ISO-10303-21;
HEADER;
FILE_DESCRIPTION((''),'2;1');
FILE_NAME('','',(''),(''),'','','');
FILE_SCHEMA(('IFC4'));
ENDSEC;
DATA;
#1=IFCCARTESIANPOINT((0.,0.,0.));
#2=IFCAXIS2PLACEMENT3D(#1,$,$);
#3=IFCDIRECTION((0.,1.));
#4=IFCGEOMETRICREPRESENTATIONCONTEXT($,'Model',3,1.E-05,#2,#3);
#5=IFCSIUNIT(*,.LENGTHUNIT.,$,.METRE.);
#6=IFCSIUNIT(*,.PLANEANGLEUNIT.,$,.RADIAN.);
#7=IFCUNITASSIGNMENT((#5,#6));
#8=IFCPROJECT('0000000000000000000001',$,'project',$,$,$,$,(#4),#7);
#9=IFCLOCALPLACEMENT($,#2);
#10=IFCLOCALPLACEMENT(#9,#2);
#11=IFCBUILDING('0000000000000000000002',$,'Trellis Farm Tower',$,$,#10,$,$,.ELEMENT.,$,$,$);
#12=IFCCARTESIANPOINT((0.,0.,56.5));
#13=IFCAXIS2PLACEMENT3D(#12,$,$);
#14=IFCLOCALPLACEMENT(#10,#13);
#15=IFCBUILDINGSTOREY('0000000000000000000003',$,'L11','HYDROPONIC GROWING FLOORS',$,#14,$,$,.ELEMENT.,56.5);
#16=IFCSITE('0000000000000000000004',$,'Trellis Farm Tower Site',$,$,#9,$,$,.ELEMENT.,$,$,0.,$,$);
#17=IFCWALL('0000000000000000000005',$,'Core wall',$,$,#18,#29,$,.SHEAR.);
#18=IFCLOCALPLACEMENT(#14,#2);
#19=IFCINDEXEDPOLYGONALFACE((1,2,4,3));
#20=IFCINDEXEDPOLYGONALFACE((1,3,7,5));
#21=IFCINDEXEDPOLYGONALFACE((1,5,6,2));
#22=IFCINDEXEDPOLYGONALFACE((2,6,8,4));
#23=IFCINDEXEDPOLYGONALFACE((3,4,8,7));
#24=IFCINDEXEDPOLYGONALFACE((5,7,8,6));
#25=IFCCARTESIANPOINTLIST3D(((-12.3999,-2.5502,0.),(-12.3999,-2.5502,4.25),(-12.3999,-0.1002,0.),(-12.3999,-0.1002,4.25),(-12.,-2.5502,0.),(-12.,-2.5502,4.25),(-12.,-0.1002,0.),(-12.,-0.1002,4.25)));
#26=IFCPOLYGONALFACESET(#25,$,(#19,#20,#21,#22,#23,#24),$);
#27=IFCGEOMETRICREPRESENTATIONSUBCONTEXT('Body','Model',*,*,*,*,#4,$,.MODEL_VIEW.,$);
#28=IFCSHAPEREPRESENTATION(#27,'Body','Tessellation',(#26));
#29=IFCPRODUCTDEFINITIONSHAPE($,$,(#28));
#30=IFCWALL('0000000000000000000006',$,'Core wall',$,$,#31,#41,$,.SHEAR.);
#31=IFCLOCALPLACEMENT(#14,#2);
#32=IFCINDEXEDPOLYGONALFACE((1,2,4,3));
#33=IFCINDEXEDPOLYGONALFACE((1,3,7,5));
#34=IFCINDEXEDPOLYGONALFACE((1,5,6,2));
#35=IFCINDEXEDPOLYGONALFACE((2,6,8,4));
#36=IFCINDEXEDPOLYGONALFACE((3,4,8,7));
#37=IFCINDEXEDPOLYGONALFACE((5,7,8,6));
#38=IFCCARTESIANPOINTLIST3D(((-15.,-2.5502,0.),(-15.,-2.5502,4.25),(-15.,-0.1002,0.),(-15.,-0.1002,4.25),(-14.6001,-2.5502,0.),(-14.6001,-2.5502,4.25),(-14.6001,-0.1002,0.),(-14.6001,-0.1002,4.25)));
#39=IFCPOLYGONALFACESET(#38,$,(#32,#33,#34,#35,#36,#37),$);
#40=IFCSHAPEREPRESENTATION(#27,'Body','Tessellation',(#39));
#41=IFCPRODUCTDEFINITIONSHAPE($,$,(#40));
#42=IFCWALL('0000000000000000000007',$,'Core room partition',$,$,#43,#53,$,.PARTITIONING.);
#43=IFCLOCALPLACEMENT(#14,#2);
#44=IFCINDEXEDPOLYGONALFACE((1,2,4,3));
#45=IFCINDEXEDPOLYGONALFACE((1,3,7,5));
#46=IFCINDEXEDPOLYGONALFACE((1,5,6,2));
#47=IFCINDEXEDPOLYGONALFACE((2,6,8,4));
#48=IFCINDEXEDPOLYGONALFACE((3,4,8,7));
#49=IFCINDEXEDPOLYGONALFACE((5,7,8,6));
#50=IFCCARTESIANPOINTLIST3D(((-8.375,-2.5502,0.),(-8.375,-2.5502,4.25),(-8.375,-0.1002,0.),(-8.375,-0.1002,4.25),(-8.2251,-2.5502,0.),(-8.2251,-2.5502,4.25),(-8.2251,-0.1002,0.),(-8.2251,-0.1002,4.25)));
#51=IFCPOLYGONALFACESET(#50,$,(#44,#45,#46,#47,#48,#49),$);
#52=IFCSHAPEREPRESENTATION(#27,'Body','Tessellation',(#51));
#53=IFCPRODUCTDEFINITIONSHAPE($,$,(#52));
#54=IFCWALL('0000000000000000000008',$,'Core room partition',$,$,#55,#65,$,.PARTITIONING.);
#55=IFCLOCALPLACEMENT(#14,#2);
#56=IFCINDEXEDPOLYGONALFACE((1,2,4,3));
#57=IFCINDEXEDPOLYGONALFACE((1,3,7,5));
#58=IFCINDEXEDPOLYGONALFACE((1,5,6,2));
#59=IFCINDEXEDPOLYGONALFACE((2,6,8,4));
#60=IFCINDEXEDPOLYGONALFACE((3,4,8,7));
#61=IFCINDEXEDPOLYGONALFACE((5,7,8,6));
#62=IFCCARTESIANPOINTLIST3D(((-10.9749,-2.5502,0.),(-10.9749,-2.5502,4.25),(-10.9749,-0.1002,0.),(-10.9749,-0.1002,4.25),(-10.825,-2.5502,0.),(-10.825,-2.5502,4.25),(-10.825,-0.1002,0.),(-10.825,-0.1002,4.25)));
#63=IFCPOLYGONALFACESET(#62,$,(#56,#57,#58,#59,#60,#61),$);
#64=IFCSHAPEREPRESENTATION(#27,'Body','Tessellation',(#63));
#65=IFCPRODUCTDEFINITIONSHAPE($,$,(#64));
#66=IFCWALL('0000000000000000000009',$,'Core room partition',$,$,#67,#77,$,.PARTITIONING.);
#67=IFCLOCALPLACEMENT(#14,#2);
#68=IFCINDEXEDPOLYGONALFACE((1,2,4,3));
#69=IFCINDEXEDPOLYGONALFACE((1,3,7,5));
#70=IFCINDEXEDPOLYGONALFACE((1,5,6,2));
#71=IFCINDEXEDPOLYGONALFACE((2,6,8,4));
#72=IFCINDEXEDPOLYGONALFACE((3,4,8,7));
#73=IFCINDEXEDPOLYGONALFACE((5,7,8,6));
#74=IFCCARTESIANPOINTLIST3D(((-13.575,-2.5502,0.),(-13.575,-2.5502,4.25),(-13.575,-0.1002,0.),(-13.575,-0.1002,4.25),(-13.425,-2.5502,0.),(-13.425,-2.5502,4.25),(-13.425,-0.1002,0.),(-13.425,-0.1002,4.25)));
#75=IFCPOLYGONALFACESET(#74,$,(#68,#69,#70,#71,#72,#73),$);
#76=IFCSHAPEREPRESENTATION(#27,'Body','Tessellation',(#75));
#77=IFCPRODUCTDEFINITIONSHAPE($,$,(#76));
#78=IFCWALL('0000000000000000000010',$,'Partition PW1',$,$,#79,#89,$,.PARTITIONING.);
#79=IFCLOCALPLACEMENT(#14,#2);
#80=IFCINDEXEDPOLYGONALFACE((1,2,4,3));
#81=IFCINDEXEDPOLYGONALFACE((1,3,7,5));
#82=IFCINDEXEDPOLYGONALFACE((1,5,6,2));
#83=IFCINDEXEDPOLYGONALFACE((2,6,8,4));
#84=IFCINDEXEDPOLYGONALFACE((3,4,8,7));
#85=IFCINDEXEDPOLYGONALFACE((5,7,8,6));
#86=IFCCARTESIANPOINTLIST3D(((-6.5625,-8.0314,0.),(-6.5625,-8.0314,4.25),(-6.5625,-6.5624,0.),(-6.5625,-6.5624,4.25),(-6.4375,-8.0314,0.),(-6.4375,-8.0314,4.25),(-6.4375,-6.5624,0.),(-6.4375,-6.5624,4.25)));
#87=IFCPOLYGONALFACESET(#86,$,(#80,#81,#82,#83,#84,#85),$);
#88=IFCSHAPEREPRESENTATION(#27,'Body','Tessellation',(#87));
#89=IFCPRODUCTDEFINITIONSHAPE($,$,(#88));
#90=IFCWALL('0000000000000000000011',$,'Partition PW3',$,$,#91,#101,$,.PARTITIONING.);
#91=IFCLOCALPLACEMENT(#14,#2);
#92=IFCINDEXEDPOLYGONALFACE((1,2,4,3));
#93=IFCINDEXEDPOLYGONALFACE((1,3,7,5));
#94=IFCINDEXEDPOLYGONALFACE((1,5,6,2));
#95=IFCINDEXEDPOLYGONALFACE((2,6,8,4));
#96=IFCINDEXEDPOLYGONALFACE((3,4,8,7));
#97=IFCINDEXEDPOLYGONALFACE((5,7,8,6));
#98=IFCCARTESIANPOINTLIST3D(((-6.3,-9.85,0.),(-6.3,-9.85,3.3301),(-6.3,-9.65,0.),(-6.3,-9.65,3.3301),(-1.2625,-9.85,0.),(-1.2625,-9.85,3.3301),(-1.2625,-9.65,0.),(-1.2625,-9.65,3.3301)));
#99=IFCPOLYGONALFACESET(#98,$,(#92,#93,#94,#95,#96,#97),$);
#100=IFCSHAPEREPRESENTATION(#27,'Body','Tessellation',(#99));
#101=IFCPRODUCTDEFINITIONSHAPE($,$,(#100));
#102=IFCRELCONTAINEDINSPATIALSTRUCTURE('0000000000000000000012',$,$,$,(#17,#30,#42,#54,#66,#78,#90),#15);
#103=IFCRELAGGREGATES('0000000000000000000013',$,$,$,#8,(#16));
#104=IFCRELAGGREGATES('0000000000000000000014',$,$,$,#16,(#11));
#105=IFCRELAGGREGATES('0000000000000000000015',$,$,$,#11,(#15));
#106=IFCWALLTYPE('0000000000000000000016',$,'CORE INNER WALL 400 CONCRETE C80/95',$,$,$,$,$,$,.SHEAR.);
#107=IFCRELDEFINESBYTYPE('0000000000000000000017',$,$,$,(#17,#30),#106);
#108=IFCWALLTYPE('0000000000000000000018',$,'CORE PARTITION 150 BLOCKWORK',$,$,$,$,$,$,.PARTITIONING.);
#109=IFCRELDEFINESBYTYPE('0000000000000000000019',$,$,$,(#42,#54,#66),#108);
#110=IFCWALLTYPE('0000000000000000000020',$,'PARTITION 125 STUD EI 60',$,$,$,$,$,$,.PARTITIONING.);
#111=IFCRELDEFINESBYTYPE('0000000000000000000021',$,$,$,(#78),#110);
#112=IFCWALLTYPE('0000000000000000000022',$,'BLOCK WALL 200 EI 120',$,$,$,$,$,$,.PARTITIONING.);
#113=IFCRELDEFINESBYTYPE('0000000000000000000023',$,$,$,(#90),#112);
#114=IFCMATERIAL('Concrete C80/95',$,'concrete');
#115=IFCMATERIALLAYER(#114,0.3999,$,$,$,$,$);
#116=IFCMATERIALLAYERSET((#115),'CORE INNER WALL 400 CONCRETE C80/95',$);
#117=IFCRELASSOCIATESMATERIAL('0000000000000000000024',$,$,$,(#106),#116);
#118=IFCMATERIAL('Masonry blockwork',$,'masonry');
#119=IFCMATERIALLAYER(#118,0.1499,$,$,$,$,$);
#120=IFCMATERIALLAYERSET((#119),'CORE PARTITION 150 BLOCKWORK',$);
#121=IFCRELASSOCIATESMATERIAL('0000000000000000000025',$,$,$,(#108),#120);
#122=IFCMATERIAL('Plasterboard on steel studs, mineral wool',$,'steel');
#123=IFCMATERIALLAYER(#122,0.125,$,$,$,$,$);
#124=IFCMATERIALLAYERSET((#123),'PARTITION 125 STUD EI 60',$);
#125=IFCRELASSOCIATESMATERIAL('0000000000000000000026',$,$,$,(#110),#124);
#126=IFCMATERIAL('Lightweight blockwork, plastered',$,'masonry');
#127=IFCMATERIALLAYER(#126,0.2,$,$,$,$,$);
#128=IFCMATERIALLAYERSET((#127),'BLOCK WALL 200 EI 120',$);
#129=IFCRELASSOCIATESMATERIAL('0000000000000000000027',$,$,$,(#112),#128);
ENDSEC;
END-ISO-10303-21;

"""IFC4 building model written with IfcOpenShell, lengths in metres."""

from ifc_helpers import new_model, si_unit, direction, frame, frame_2d, origin, place, context, subcontext, project, spatial, rectangle, extrude, source, transform, mapped, material, layer, layer_set, type_object, element, save


model = new_model("IFC4")

# Units and contexts
model_context = context("Model", 3, precision=1e-05, world=origin(), true_north=direction((0.0, 1.0)))
body_context = subcontext(model_context, "Body", "Model", "MODEL_VIEW")
ifc_project = project(units=[si_unit("LENGTHUNIT", "METRE"), si_unit("PLANEANGLEUNIT", "RADIAN")], contexts=[model_context])

# Site, building, storey
site_placement = place(None, origin())
site = spatial("IfcSite", under=ifc_project, at=site_placement, Name="Trellis Farm Tower Site", CompositionType="ELEMENT", RefElevation=0.0)
building_placement = place(site_placement, origin())
building = spatial("IfcBuilding", under=site, at=building_placement, Name="Trellis Farm Tower", CompositionType="ELEMENT")
storey_placement = place(building_placement, frame((0.0, 0.0, 56.5)))
storey = spatial("IfcBuildingStorey", under=building, at=storey_placement, Name="L11", Description="HYDROPONIC GROWING FLOORS", CompositionType="ELEMENT", Elevation=56.5)

# Shared definitions
ifc_material_1 = material(Name="Concrete C80/95", Category="concrete")

# Walls
ifc_layer_1 = layer(ifc_material_1, 0.3999)
ifc_layer_set_1 = layer_set([ifc_layer_1], Name="CORE INNER WALL 400 CONCRETE C80/95")
wall_type_1 = type_object("IfcWallType", Name="CORE INNER WALL 400 CONCRETE C80/95", PredefinedType="SHEAR", material=ifc_layer_set_1)
shared_shape_1 = source(origin(), body_context, "Body", "SweptSolid", [
    extrude(rectangle(XDim=2.45, YDim=0.3999, at=frame_2d((1.2251, 0.0))), origin(), (0.0, 0.0, 1.0), 4.25),
])
for number, where, z_axis, x_axis, name in (
    (1, (-12.2, -0.1001, 0.0), (0.0, 0.0, 1.0), (0.0, -1.0, 0.0), "Core wall"),
    (2, (-14.8, -0.1001, 0.0), (0.0, 0.0, 1.0), (0.0, -1.0, 0.0), "Core wall"),
):
    element("IfcWall", number, at=place(storey_placement, frame(where, z_axis=z_axis, x_axis=x_axis)), inside=storey, type_object=wall_type_1, Name=name, PredefinedType="SHEAR", context=body_context, shape_type="MappedRepresentation", body=[
        mapped(shared_shape_1, transform((0.0, 0.0, 0.0))),
    ])

# Walls
ifc_material_2 = material(Name="Masonry blockwork", Category="masonry")
ifc_layer_2 = layer(ifc_material_2, 0.1499)
ifc_layer_set_2 = layer_set([ifc_layer_2], Name="CORE PARTITION 150 BLOCKWORK")
wall_type_2 = type_object("IfcWallType", Name="CORE PARTITION 150 BLOCKWORK", PredefinedType="PARTITIONING", material=ifc_layer_set_2)
shared_shape_2 = source(origin(), body_context, "Body", "SweptSolid", [
    extrude(rectangle(XDim=2.45, YDim=0.1499, at=frame_2d((1.2251, 0.0))), origin(), (0.0, 0.0, 1.0), 4.25),
])
for number, where, z_axis, x_axis, name in (
    (3, (-8.3, -0.1001, 0.0), (0.0, 0.0, 1.0), (0.0, -1.0, 0.0), "Core room partition"),
    (4, (-10.8999, -0.1001, 0.0), (0.0, 0.0, 1.0), (0.0, -1.0, 0.0), "Core room partition"),
    (5, (-13.5, -0.1001, 0.0), (0.0, 0.0, 1.0), (0.0, -1.0, 0.0), "Core room partition"),
):
    element("IfcWall", number, at=place(storey_placement, frame(where, z_axis=z_axis, x_axis=x_axis)), inside=storey, type_object=wall_type_2, Name=name, PredefinedType="PARTITIONING", context=body_context, shape_type="MappedRepresentation", body=[
        mapped(shared_shape_2, transform((0.0, 0.0, 0.0))),
    ])

# Walls
ifc_material_3 = material(Name="Plasterboard on steel studs, mineral wool", Category="steel")
ifc_layer_3 = layer(ifc_material_3, 0.125)
ifc_layer_set_3 = layer_set([ifc_layer_3], Name="PARTITION 125 STUD EI 60")
wall_type_3 = type_object("IfcWallType", Name="PARTITION 125 STUD EI 60", PredefinedType="PARTITIONING", material=ifc_layer_set_3)
shared_shape_3 = source(origin(), body_context, "Body", "SweptSolid", [
    extrude(rectangle(XDim=1.469, YDim=0.125, at=frame_2d((0.7344, 0.0))), origin(), (0.0, 0.0, 1.0), 4.25),
])
wall_1_placement = place(storey_placement, frame((-6.5, -6.5625, 0.0), z_axis=(0.0, 0.0, 1.0), x_axis=(0.0, -1.0, 0.0)))
element("IfcWall", 6, at=wall_1_placement, inside=storey, type_object=wall_type_3, Name="Partition PW1", PredefinedType="PARTITIONING", context=body_context, shape_type="MappedRepresentation", body=[
    mapped(shared_shape_3, transform((0.0, 0.0, 0.0))),
])
ifc_material_4 = material(Name="Lightweight blockwork, plastered", Category="masonry")
ifc_layer_4 = layer(ifc_material_4, 0.2)
ifc_layer_set_4 = layer_set([ifc_layer_4], Name="BLOCK WALL 200 EI 120")
wall_type_4 = type_object("IfcWallType", Name="BLOCK WALL 200 EI 120", PredefinedType="PARTITIONING", material=ifc_layer_set_4)
shared_shape_4 = source(origin(), body_context, "Body", "SweptSolid", [
    extrude(rectangle(XDim=5.0376, YDim=0.2, at=frame_2d((2.5188, 0.0))), origin(), (0.0, 0.0, 1.0), 3.3301),
])
wall_2_placement = place(storey_placement, frame((-6.3, -9.75, 0.0), z_axis=(0.0, 0.0, 1.0), x_axis=(1.0, 0.0, 0.0)))
element("IfcWall", 7, at=wall_2_placement, inside=storey, type_object=wall_type_4, Name="Partition PW3", PredefinedType="PARTITIONING", context=body_context, shape_type="MappedRepresentation", body=[
    mapped(shared_shape_4, transform((0.0, 0.0, 0.0))),
])

save(model, "model.ifc")
